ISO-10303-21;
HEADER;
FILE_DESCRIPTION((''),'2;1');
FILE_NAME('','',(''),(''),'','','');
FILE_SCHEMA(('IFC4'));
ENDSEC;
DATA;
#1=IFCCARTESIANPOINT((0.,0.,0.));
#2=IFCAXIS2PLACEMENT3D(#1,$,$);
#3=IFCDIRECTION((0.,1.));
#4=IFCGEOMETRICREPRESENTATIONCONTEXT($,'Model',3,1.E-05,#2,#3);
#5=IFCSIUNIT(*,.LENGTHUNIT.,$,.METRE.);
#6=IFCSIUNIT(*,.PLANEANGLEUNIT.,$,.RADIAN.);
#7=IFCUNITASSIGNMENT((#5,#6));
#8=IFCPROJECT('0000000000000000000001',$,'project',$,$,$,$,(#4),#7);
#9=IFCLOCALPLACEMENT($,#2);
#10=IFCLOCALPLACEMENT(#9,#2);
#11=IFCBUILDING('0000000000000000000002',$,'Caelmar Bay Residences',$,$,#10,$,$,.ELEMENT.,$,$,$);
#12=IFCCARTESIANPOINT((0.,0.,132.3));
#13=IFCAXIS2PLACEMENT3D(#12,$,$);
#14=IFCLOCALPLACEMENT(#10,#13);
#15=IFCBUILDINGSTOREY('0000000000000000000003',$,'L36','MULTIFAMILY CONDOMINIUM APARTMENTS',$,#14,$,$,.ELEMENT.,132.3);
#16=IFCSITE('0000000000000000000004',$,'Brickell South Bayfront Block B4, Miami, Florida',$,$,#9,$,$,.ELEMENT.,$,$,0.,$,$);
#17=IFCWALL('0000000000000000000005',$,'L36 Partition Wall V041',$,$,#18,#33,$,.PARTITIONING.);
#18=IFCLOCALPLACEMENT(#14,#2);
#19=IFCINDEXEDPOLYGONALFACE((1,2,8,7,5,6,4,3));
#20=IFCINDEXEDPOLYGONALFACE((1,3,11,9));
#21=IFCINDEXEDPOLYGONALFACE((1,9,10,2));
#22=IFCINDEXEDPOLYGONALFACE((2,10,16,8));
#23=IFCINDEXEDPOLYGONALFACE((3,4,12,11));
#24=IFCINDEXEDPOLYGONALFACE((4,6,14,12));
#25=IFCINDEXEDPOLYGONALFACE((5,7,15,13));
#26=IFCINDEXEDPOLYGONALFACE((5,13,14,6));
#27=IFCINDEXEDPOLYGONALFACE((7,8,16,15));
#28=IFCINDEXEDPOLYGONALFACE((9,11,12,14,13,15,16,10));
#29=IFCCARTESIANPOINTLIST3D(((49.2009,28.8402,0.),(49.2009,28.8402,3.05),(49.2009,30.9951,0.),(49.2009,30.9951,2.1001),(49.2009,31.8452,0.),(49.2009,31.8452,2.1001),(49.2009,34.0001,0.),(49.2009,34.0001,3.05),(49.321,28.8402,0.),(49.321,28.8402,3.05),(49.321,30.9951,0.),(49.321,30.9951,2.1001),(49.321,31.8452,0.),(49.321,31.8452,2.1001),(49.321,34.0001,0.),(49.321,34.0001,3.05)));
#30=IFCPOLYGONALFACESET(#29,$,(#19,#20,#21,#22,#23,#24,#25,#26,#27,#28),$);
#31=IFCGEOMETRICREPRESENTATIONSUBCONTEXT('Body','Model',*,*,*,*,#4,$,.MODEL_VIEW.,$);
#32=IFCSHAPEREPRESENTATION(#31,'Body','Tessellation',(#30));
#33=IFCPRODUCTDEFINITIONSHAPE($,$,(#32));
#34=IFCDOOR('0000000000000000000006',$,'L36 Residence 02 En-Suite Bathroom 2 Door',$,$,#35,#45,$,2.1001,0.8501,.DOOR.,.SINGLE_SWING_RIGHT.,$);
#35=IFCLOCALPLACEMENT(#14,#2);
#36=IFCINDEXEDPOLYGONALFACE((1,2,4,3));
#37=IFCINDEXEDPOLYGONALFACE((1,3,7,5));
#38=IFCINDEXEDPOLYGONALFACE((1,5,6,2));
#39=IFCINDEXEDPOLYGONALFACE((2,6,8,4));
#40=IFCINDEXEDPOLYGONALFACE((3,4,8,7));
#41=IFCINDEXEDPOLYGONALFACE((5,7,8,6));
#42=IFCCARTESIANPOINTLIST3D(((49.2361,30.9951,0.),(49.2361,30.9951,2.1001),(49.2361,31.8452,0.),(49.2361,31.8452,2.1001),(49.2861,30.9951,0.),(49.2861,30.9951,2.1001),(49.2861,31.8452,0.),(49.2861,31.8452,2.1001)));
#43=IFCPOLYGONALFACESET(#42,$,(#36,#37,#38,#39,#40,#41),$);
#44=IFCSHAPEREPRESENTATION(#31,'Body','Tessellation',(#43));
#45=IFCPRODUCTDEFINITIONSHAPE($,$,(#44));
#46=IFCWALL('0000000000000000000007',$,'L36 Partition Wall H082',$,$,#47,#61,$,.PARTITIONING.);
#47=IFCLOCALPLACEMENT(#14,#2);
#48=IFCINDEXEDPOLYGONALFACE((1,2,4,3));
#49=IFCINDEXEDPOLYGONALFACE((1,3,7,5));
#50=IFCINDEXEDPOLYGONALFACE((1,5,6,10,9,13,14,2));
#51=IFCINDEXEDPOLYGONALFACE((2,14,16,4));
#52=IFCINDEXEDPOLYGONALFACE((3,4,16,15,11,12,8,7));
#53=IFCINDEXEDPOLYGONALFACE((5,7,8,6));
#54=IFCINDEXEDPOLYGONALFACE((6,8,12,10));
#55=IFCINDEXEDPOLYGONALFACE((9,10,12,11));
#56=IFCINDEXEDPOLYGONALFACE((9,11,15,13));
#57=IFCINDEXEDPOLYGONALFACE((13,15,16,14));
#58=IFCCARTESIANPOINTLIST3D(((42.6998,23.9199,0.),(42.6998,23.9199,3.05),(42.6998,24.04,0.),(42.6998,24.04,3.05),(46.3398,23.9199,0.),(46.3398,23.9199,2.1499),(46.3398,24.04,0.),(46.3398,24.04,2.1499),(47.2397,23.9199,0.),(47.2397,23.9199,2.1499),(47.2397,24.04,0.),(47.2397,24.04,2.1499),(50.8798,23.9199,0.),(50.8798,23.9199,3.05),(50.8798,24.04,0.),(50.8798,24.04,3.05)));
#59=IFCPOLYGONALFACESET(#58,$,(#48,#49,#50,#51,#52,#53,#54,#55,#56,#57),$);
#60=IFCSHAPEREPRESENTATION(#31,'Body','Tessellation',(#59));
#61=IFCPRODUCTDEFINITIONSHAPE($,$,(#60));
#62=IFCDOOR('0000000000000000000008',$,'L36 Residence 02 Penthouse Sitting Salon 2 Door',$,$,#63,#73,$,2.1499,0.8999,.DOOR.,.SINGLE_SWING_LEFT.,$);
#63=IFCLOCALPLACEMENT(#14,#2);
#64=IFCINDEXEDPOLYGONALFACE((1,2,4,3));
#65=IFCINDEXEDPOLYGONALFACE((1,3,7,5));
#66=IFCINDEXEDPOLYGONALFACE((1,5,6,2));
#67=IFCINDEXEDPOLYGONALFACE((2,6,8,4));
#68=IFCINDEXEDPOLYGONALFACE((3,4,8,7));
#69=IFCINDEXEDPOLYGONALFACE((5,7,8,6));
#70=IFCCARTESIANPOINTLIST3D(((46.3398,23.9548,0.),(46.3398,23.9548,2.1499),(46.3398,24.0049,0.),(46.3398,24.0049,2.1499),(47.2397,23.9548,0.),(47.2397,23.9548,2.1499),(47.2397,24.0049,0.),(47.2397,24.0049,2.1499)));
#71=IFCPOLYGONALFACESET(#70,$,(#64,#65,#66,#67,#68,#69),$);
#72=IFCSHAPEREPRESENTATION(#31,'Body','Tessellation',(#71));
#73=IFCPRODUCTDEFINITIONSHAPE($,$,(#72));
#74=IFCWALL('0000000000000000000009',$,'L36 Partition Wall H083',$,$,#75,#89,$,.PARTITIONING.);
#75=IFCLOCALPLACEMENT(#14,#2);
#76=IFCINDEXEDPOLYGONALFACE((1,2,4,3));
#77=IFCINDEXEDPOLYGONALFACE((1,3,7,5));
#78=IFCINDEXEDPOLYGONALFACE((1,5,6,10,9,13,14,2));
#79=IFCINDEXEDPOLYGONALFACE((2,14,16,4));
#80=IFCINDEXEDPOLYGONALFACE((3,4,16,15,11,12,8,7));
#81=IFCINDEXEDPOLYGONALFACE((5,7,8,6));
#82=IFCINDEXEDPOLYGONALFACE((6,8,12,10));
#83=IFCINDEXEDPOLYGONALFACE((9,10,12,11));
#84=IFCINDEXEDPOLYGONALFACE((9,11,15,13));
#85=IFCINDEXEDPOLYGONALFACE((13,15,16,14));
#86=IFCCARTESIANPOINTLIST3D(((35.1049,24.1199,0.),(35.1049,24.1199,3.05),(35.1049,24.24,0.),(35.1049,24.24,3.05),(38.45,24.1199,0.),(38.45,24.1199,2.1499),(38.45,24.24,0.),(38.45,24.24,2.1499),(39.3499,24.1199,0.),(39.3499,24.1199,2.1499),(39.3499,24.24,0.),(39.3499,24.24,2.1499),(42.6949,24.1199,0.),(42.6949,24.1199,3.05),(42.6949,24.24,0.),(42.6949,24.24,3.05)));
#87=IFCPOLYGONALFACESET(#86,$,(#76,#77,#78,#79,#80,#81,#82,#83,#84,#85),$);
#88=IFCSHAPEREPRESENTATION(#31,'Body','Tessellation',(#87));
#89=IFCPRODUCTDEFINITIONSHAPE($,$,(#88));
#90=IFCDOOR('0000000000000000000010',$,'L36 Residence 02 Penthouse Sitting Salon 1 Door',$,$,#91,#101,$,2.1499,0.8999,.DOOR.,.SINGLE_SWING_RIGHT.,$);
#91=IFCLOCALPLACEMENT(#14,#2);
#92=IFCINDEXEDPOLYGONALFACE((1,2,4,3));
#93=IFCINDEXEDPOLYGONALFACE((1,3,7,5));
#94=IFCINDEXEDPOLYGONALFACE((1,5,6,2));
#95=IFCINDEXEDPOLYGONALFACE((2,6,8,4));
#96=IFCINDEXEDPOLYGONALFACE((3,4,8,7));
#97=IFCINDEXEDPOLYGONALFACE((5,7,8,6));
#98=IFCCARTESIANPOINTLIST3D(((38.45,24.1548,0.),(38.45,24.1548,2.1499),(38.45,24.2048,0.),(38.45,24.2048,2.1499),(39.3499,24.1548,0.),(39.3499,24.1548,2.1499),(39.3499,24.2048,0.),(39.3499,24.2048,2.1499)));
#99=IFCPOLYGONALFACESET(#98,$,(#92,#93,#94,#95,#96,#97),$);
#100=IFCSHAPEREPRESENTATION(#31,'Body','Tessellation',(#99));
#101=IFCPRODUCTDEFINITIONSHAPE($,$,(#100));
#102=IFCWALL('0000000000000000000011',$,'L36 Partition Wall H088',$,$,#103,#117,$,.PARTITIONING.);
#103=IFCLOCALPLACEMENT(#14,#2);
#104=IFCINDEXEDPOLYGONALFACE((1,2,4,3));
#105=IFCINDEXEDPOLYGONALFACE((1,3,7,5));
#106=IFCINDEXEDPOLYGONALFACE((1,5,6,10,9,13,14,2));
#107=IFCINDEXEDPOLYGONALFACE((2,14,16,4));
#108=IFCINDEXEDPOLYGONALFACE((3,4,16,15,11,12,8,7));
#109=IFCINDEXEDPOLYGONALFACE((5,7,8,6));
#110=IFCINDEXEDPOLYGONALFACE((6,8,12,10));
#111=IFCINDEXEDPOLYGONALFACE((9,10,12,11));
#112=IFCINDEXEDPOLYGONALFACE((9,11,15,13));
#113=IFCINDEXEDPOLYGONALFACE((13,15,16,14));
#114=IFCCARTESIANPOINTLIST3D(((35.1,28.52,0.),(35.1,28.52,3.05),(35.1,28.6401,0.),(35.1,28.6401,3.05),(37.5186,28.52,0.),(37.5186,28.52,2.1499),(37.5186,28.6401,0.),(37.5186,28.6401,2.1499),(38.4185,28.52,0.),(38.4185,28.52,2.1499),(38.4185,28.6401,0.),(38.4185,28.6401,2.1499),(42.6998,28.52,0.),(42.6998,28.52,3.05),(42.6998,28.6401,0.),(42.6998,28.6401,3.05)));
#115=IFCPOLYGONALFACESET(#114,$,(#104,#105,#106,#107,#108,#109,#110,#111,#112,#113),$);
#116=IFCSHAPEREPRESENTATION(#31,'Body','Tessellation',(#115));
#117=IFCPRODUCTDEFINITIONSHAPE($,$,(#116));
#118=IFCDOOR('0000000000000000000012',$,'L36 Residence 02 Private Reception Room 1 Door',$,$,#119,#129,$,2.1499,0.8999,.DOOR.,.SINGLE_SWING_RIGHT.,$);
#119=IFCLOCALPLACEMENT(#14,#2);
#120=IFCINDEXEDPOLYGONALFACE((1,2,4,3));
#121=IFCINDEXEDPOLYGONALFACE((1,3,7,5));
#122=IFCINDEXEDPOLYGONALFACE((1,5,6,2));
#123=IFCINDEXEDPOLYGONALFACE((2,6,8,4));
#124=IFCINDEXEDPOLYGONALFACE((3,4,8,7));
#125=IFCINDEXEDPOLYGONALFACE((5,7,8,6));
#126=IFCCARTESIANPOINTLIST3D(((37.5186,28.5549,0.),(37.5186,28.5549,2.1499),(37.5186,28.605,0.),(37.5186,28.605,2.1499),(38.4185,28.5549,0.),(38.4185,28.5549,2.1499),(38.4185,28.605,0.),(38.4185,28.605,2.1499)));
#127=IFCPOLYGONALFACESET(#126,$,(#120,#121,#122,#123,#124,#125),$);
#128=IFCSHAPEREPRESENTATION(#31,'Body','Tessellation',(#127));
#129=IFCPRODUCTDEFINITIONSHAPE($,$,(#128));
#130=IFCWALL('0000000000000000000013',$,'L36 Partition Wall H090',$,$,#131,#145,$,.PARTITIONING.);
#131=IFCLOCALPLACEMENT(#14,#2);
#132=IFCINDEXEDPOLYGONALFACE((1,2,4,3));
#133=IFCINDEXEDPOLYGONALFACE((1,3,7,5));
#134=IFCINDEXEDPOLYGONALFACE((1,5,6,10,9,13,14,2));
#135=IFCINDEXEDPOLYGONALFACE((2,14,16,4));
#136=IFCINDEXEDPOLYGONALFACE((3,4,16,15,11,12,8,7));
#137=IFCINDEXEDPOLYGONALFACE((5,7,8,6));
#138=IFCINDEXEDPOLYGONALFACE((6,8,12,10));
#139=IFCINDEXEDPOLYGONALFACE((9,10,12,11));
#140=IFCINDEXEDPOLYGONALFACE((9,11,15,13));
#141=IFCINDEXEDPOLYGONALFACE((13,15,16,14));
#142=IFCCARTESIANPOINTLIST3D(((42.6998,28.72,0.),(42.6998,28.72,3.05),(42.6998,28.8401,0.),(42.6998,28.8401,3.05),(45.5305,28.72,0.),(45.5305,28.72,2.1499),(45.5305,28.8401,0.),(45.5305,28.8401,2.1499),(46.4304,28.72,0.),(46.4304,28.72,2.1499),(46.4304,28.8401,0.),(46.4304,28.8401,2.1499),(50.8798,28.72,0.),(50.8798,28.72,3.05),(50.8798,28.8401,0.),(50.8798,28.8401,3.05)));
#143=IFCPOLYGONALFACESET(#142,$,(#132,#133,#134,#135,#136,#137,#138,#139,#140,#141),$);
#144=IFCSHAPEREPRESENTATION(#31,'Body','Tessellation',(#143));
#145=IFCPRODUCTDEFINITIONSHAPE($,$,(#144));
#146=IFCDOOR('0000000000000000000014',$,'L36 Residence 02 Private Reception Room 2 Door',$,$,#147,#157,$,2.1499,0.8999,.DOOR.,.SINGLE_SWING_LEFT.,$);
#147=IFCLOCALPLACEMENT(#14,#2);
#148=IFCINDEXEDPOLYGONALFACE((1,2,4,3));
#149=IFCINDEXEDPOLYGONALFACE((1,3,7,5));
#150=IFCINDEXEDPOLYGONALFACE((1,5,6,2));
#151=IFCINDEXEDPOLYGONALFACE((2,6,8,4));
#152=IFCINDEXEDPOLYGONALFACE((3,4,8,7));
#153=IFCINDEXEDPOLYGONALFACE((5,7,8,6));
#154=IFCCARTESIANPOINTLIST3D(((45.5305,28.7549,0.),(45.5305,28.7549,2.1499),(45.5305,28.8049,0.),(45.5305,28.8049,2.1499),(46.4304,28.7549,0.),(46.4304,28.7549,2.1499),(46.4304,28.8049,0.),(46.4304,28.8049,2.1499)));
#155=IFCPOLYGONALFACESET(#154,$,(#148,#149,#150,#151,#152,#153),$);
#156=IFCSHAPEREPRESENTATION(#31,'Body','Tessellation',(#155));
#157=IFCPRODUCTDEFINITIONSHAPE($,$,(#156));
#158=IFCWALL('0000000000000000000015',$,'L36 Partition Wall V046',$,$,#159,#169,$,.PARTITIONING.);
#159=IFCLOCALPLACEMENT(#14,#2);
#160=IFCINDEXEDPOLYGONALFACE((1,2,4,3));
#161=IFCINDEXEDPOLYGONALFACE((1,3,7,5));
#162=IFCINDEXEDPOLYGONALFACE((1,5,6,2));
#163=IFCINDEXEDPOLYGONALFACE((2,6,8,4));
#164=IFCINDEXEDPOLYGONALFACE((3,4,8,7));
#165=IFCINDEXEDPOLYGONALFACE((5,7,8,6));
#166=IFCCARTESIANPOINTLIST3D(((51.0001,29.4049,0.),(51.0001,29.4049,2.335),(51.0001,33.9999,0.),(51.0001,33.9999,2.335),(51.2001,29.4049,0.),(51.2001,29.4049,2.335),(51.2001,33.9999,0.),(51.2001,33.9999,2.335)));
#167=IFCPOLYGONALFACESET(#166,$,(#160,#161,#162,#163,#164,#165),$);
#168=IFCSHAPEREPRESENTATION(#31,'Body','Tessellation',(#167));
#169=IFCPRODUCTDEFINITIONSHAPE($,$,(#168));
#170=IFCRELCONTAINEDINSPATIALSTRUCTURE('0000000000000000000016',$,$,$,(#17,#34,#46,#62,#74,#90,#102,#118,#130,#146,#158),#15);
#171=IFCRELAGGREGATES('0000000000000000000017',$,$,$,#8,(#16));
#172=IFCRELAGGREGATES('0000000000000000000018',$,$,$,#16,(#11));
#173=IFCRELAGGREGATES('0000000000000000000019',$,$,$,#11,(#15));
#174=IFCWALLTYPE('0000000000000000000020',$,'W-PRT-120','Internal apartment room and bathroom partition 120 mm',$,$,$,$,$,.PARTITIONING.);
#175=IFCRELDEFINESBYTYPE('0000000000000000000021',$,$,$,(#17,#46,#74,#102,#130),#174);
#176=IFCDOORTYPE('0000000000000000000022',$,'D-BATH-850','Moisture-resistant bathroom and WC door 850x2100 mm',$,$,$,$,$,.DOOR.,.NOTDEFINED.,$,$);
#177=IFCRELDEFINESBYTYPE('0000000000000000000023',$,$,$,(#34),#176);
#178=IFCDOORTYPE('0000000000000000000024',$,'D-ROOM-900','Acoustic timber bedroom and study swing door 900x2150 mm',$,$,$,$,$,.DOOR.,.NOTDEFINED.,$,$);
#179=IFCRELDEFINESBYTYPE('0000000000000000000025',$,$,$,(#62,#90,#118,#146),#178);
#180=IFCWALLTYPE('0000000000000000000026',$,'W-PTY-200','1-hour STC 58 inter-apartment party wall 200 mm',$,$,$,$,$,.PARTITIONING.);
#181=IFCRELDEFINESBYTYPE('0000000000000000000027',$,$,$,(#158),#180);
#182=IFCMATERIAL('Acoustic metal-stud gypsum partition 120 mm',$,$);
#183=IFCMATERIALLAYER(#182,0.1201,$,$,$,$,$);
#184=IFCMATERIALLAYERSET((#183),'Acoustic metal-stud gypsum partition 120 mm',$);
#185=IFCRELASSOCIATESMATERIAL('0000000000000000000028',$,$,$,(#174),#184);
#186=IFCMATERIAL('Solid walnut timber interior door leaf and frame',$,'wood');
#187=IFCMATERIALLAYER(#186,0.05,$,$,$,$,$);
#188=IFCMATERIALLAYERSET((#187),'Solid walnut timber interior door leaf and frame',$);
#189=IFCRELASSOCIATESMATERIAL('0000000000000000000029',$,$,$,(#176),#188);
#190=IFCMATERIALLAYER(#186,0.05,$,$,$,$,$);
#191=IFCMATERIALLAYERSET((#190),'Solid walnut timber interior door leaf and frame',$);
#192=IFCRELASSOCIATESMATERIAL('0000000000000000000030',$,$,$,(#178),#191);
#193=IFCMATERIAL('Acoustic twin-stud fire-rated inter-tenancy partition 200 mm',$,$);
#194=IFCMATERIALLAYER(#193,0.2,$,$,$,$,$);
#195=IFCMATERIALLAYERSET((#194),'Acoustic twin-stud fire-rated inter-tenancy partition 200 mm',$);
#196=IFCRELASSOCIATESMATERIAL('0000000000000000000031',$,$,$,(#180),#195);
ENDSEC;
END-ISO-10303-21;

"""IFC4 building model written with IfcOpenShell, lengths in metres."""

from ifc_helpers import new_model, si_unit, direction, frame, frame_2d, origin, place, context, subcontext, project, spatial, rectangle, extrude, material, layer, layer_set, type_object, element, fill, save


model = new_model("IFC4")

# Units and contexts
model_context = context("Model", 3, precision=1e-05, world=origin(), true_north=direction((0.0, 1.0)))
body_context = subcontext(model_context, "Body", "Model", "MODEL_VIEW")
ifc_project = project(units=[si_unit("LENGTHUNIT", "METRE"), si_unit("PLANEANGLEUNIT", "RADIAN")], contexts=[model_context])

# Site, building, storey
site_placement = place(None, origin())
site = spatial("IfcSite", under=ifc_project, at=site_placement, Name="Brickell South Bayfront Block B4, Miami, Florida", CompositionType="ELEMENT", RefElevation=0.0)
building_placement = place(site_placement, origin())
building = spatial("IfcBuilding", under=site, at=building_placement, Name="Caelmar Bay Residences", CompositionType="ELEMENT")
storey_placement = place(building_placement, frame((0.0, 0.0, 132.3)))
storey = spatial("IfcBuildingStorey", under=building, at=storey_placement, Name="L36", Description="MULTIFAMILY CONDOMINIUM APARTMENTS", CompositionType="ELEMENT", Elevation=132.3)

# Shared definitions
ifc_material_1 = material(Name="Acoustic metal-stud gypsum partition 120 mm")
ifc_layer_1 = layer(ifc_material_1, 0.1201)
ifc_layer_set_1 = layer_set([ifc_layer_1], Name="Acoustic metal-stud gypsum partition 120 mm")
wall_type_1 = type_object("IfcWallType", Name="W-PRT-120", Description="Internal apartment room and bathroom partition 120 mm", PredefinedType="PARTITIONING", material=ifc_layer_set_1)

# Shared definitions
ifc_material_2 = material(Name="Solid walnut timber interior door leaf and frame", Category="wood")
ifc_layer_2 = layer(ifc_material_2, 0.05)
ifc_layer_set_2 = layer_set([ifc_layer_2], Name="Solid walnut timber interior door leaf and frame")
door_type_1 = type_object("IfcDoorType", Name="D-BATH-850", Description="Moisture-resistant bathroom and WC door 850x2100 mm", OperationType="NOTDEFINED", PredefinedType="DOOR", material=ifc_layer_set_2)

# Walls, openings, doors
wall_1_placement = place(storey_placement, frame((49.261, 28.8401, 0.0), z_axis=(0.0, 0.0, 1.0), x_axis=(0.0, 1.0, 0.0)))
wall_1 = element("IfcWall", 1, at=wall_1_placement, inside=storey, type_object=wall_type_1, Name="L36 Partition Wall V041", PredefinedType="PARTITIONING", context=body_context, shape_type="SweptSolid", body=[
    extrude(rectangle(XDim=5.1599, YDim=0.1201, at=frame_2d((2.5801, 0.0))), origin(), (0.0, 0.0, 1.0), 3.05),
])
opening_1_placement = place(wall_1_placement, frame((2.155, 0.0, 0.0)))
opening_1 = element("IfcOpeningElement", 2, at=opening_1_placement, cuts=wall_1, PredefinedType="OPENING", context=body_context, shape_type="SweptSolid", body=[
    extrude(rectangle(XDim=0.8501, YDim=2.1001, at=frame_2d((0.425, 1.05))), frame((0.0, 0.0701, 0.0), z_axis=(0.0, -1.0, 0.0), x_axis=(1.0, 0.0, 0.0)), (0.0, 0.0, 1.0), 0.1401),
])
door_1_placement = place(opening_1_placement, origin())
door_1 = element("IfcDoor", 3, at=door_1_placement, inside=storey, type_object=door_type_1, Name="L36 Residence 02 En-Suite Bathroom 2 Door", OperationType="SINGLE_SWING_RIGHT", OverallHeight=2.1001, OverallWidth=0.8501, PredefinedType="DOOR", context=body_context, shape_type="SweptSolid", body=[
    extrude(rectangle(XDim=0.8501, YDim=2.1001, at=frame_2d((0.425, 1.05))), frame((0.0, 0.0249, 0.0), z_axis=(0.0, -1.0, 0.0), x_axis=(1.0, 0.0, 0.0)), (0.0, 0.0, 1.0), 0.05),
])
fill(opening_1, door_1)
wall_2_placement = place(storey_placement, frame((42.7, 23.98, 0.0), z_axis=(0.0, 0.0, 1.0), x_axis=(1.0, 0.0, 0.0)))
wall_2 = element("IfcWall", 4, at=wall_2_placement, inside=storey, type_object=wall_type_1, Name="L36 Partition Wall H082", PredefinedType="PARTITIONING", context=body_context, shape_type="SweptSolid", body=[
    extrude(rectangle(XDim=8.1799, YDim=0.1201, at=frame_2d((4.0898, 0.0))), origin(), (0.0, 0.0, 1.0), 3.05),
])
opening_2_placement = place(wall_2_placement, frame((3.6399, 0.0, 0.0)))
opening_2 = element("IfcOpeningElement", 5, at=opening_2_placement, cuts=wall_2, PredefinedType="OPENING", context=body_context, shape_type="SweptSolid", body=[
    extrude(rectangle(XDim=0.8999, YDim=2.1499, at=frame_2d((0.45, 1.075))), frame((0.0, 0.0701, 0.0), z_axis=(0.0, -1.0, 0.0), x_axis=(1.0, 0.0, 0.0)), (0.0, 0.0, 1.0), 0.1401),
])
ifc_layer_3 = layer(ifc_material_2, 0.05)
ifc_layer_set_3 = layer_set([ifc_layer_3], Name="Solid walnut timber interior door leaf and frame")
door_type_2 = type_object("IfcDoorType", Name="D-ROOM-900", Description="Acoustic timber bedroom and study swing door 900x2150 mm", OperationType="NOTDEFINED", PredefinedType="DOOR", material=ifc_layer_set_3)
door_2_placement = place(opening_2_placement, origin())
door_2 = element("IfcDoor", 6, at=door_2_placement, inside=storey, type_object=door_type_2, Name="L36 Residence 02 Penthouse Sitting Salon 2 Door", OperationType="SINGLE_SWING_LEFT", OverallHeight=2.1499, OverallWidth=0.8999, PredefinedType="DOOR", context=body_context, shape_type="SweptSolid", body=[
    extrude(rectangle(XDim=0.8999, YDim=2.1499, at=frame_2d((0.45, 1.075))), frame((0.0, 0.0249, 0.0), z_axis=(0.0, -1.0, 0.0), x_axis=(1.0, 0.0, 0.0)), (0.0, 0.0, 1.0), 0.05),
])
fill(opening_2, door_2)
wall_3_placement = place(storey_placement, frame((35.105, 24.1799, 0.0), z_axis=(0.0, 0.0, 1.0), x_axis=(1.0, 0.0, 0.0)))
wall_3 = element("IfcWall", 7, at=wall_3_placement, inside=storey, type_object=wall_type_1, Name="L36 Partition Wall H083", PredefinedType="PARTITIONING", context=body_context, shape_type="SweptSolid", body=[
    extrude(rectangle(XDim=7.5901, YDim=0.1201, at=frame_2d((3.7949, 0.0))), origin(), (0.0, 0.0, 1.0), 3.05),
])
opening_3_placement = place(wall_3_placement, frame((3.345, 0.0, 0.0)))
opening_3 = element("IfcOpeningElement", 8, at=opening_3_placement, cuts=wall_3, PredefinedType="OPENING", context=body_context, shape_type="SweptSolid", body=[
    extrude(rectangle(XDim=0.8999, YDim=2.1499, at=frame_2d((0.45, 1.075))), frame((0.0, 0.0701, 0.0), z_axis=(0.0, -1.0, 0.0), x_axis=(1.0, 0.0, 0.0)), (0.0, 0.0, 1.0), 0.1401),
])
door_3_placement = place(opening_3_placement, origin())
door_3 = element("IfcDoor", 9, at=door_3_placement, inside=storey, type_object=door_type_2, Name="L36 Residence 02 Penthouse Sitting Salon 1 Door", OperationType="SINGLE_SWING_RIGHT", OverallHeight=2.1499, OverallWidth=0.8999, PredefinedType="DOOR", context=body_context, shape_type="SweptSolid", body=[
    extrude(rectangle(XDim=0.8999, YDim=2.1499, at=frame_2d((0.45, 1.075))), frame((0.0, 0.0249, 0.0), z_axis=(0.0, -1.0, 0.0), x_axis=(1.0, 0.0, 0.0)), (0.0, 0.0, 1.0), 0.05),
])
fill(opening_3, door_3)
wall_4_placement = place(storey_placement, frame((35.1001, 28.5801, 0.0), z_axis=(0.0, 0.0, 1.0), x_axis=(1.0, 0.0, 0.0)))
wall_4 = element("IfcWall", 10, at=wall_4_placement, inside=storey, type_object=wall_type_1, Name="L36 Partition Wall H088", PredefinedType="PARTITIONING", context=body_context, shape_type="SweptSolid", body=[
    extrude(rectangle(XDim=7.5999, YDim=0.1201, at=frame_2d((3.7998, 0.0))), origin(), (0.0, 0.0, 1.0), 3.05),
])
opening_4_placement = place(wall_4_placement, frame((2.4185, 0.0, 0.0)))
opening_4 = element("IfcOpeningElement", 11, at=opening_4_placement, cuts=wall_4, PredefinedType="OPENING", context=body_context, shape_type="SweptSolid", body=[
    extrude(rectangle(XDim=0.8999, YDim=2.1499, at=frame_2d((0.45, 1.075))), frame((0.0, 0.0701, 0.0), z_axis=(0.0, -1.0, 0.0), x_axis=(1.0, 0.0, 0.0)), (0.0, 0.0, 1.0), 0.1401),
])
door_4_placement = place(opening_4_placement, origin())
door_4 = element("IfcDoor", 12, at=door_4_placement, inside=storey, type_object=door_type_2, Name="L36 Residence 02 Private Reception Room 1 Door", OperationType="SINGLE_SWING_RIGHT", OverallHeight=2.1499, OverallWidth=0.8999, PredefinedType="DOOR", context=body_context, shape_type="SweptSolid", body=[
    extrude(rectangle(XDim=0.8999, YDim=2.1499, at=frame_2d((0.45, 1.075))), frame((0.0, 0.0249, 0.0), z_axis=(0.0, -1.0, 0.0), x_axis=(1.0, 0.0, 0.0)), (0.0, 0.0, 1.0), 0.05),
])
fill(opening_4, door_4)
wall_5_placement = place(storey_placement, frame((42.7, 28.78, 0.0), z_axis=(0.0, 0.0, 1.0), x_axis=(1.0, 0.0, 0.0)))
wall_5 = element("IfcWall", 13, at=wall_5_placement, inside=storey, type_object=wall_type_1, Name="L36 Partition Wall H090", PredefinedType="PARTITIONING", context=body_context, shape_type="SweptSolid", body=[
    extrude(rectangle(XDim=8.1799, YDim=0.1201, at=frame_2d((4.0898, 0.0))), origin(), (0.0, 0.0, 1.0), 3.05),
])
opening_5_placement = place(wall_5_placement, frame((2.8306, 0.0, 0.0)))
opening_5 = element("IfcOpeningElement", 14, at=opening_5_placement, cuts=wall_5, PredefinedType="OPENING", context=body_context, shape_type="SweptSolid", body=[
    extrude(rectangle(XDim=0.8999, YDim=2.1499, at=frame_2d((0.45, 1.075))), frame((0.0, 0.0701, 0.0), z_axis=(0.0, -1.0, 0.0), x_axis=(1.0, 0.0, 0.0)), (0.0, 0.0, 1.0), 0.1401),
])
door_5_placement = place(opening_5_placement, origin())
door_5 = element("IfcDoor", 15, at=door_5_placement, inside=storey, type_object=door_type_2, Name="L36 Residence 02 Private Reception Room 2 Door", OperationType="SINGLE_SWING_LEFT", OverallHeight=2.1499, OverallWidth=0.8999, PredefinedType="DOOR", context=body_context, shape_type="SweptSolid", body=[
    extrude(rectangle(XDim=0.8999, YDim=2.1499, at=frame_2d((0.45, 1.075))), frame((0.0, 0.0249, 0.0), z_axis=(0.0, -1.0, 0.0), x_axis=(1.0, 0.0, 0.0)), (0.0, 0.0, 1.0), 0.05),
])
fill(opening_5, door_5)

# Wall
ifc_material_3 = material(Name="Acoustic twin-stud fire-rated inter-tenancy partition 200 mm")
ifc_layer_4 = layer(ifc_material_3, 0.2)
ifc_layer_set_4 = layer_set([ifc_layer_4], Name="Acoustic twin-stud fire-rated inter-tenancy partition 200 mm")
wall_type_2 = type_object("IfcWallType", Name="W-PTY-200", Description="1-hour STC 58 inter-apartment party wall 200 mm", PredefinedType="PARTITIONING", material=ifc_layer_set_4)
wall_6_placement = place(storey_placement, frame((51.1001, 29.405, 0.0), z_axis=(0.0, 0.0, 1.0), x_axis=(0.0, 1.0, 0.0)))
element("IfcWall", 16, at=wall_6_placement, inside=storey, type_object=wall_type_2, Name="L36 Partition Wall V046", PredefinedType="PARTITIONING", context=body_context, shape_type="SweptSolid", body=[
    extrude(rectangle(XDim=4.595, YDim=0.2, at=frame_2d((2.2974, 0.0))), origin(), (0.0, 0.0, 1.0), 2.335),
])

save(model, "model.ifc")
